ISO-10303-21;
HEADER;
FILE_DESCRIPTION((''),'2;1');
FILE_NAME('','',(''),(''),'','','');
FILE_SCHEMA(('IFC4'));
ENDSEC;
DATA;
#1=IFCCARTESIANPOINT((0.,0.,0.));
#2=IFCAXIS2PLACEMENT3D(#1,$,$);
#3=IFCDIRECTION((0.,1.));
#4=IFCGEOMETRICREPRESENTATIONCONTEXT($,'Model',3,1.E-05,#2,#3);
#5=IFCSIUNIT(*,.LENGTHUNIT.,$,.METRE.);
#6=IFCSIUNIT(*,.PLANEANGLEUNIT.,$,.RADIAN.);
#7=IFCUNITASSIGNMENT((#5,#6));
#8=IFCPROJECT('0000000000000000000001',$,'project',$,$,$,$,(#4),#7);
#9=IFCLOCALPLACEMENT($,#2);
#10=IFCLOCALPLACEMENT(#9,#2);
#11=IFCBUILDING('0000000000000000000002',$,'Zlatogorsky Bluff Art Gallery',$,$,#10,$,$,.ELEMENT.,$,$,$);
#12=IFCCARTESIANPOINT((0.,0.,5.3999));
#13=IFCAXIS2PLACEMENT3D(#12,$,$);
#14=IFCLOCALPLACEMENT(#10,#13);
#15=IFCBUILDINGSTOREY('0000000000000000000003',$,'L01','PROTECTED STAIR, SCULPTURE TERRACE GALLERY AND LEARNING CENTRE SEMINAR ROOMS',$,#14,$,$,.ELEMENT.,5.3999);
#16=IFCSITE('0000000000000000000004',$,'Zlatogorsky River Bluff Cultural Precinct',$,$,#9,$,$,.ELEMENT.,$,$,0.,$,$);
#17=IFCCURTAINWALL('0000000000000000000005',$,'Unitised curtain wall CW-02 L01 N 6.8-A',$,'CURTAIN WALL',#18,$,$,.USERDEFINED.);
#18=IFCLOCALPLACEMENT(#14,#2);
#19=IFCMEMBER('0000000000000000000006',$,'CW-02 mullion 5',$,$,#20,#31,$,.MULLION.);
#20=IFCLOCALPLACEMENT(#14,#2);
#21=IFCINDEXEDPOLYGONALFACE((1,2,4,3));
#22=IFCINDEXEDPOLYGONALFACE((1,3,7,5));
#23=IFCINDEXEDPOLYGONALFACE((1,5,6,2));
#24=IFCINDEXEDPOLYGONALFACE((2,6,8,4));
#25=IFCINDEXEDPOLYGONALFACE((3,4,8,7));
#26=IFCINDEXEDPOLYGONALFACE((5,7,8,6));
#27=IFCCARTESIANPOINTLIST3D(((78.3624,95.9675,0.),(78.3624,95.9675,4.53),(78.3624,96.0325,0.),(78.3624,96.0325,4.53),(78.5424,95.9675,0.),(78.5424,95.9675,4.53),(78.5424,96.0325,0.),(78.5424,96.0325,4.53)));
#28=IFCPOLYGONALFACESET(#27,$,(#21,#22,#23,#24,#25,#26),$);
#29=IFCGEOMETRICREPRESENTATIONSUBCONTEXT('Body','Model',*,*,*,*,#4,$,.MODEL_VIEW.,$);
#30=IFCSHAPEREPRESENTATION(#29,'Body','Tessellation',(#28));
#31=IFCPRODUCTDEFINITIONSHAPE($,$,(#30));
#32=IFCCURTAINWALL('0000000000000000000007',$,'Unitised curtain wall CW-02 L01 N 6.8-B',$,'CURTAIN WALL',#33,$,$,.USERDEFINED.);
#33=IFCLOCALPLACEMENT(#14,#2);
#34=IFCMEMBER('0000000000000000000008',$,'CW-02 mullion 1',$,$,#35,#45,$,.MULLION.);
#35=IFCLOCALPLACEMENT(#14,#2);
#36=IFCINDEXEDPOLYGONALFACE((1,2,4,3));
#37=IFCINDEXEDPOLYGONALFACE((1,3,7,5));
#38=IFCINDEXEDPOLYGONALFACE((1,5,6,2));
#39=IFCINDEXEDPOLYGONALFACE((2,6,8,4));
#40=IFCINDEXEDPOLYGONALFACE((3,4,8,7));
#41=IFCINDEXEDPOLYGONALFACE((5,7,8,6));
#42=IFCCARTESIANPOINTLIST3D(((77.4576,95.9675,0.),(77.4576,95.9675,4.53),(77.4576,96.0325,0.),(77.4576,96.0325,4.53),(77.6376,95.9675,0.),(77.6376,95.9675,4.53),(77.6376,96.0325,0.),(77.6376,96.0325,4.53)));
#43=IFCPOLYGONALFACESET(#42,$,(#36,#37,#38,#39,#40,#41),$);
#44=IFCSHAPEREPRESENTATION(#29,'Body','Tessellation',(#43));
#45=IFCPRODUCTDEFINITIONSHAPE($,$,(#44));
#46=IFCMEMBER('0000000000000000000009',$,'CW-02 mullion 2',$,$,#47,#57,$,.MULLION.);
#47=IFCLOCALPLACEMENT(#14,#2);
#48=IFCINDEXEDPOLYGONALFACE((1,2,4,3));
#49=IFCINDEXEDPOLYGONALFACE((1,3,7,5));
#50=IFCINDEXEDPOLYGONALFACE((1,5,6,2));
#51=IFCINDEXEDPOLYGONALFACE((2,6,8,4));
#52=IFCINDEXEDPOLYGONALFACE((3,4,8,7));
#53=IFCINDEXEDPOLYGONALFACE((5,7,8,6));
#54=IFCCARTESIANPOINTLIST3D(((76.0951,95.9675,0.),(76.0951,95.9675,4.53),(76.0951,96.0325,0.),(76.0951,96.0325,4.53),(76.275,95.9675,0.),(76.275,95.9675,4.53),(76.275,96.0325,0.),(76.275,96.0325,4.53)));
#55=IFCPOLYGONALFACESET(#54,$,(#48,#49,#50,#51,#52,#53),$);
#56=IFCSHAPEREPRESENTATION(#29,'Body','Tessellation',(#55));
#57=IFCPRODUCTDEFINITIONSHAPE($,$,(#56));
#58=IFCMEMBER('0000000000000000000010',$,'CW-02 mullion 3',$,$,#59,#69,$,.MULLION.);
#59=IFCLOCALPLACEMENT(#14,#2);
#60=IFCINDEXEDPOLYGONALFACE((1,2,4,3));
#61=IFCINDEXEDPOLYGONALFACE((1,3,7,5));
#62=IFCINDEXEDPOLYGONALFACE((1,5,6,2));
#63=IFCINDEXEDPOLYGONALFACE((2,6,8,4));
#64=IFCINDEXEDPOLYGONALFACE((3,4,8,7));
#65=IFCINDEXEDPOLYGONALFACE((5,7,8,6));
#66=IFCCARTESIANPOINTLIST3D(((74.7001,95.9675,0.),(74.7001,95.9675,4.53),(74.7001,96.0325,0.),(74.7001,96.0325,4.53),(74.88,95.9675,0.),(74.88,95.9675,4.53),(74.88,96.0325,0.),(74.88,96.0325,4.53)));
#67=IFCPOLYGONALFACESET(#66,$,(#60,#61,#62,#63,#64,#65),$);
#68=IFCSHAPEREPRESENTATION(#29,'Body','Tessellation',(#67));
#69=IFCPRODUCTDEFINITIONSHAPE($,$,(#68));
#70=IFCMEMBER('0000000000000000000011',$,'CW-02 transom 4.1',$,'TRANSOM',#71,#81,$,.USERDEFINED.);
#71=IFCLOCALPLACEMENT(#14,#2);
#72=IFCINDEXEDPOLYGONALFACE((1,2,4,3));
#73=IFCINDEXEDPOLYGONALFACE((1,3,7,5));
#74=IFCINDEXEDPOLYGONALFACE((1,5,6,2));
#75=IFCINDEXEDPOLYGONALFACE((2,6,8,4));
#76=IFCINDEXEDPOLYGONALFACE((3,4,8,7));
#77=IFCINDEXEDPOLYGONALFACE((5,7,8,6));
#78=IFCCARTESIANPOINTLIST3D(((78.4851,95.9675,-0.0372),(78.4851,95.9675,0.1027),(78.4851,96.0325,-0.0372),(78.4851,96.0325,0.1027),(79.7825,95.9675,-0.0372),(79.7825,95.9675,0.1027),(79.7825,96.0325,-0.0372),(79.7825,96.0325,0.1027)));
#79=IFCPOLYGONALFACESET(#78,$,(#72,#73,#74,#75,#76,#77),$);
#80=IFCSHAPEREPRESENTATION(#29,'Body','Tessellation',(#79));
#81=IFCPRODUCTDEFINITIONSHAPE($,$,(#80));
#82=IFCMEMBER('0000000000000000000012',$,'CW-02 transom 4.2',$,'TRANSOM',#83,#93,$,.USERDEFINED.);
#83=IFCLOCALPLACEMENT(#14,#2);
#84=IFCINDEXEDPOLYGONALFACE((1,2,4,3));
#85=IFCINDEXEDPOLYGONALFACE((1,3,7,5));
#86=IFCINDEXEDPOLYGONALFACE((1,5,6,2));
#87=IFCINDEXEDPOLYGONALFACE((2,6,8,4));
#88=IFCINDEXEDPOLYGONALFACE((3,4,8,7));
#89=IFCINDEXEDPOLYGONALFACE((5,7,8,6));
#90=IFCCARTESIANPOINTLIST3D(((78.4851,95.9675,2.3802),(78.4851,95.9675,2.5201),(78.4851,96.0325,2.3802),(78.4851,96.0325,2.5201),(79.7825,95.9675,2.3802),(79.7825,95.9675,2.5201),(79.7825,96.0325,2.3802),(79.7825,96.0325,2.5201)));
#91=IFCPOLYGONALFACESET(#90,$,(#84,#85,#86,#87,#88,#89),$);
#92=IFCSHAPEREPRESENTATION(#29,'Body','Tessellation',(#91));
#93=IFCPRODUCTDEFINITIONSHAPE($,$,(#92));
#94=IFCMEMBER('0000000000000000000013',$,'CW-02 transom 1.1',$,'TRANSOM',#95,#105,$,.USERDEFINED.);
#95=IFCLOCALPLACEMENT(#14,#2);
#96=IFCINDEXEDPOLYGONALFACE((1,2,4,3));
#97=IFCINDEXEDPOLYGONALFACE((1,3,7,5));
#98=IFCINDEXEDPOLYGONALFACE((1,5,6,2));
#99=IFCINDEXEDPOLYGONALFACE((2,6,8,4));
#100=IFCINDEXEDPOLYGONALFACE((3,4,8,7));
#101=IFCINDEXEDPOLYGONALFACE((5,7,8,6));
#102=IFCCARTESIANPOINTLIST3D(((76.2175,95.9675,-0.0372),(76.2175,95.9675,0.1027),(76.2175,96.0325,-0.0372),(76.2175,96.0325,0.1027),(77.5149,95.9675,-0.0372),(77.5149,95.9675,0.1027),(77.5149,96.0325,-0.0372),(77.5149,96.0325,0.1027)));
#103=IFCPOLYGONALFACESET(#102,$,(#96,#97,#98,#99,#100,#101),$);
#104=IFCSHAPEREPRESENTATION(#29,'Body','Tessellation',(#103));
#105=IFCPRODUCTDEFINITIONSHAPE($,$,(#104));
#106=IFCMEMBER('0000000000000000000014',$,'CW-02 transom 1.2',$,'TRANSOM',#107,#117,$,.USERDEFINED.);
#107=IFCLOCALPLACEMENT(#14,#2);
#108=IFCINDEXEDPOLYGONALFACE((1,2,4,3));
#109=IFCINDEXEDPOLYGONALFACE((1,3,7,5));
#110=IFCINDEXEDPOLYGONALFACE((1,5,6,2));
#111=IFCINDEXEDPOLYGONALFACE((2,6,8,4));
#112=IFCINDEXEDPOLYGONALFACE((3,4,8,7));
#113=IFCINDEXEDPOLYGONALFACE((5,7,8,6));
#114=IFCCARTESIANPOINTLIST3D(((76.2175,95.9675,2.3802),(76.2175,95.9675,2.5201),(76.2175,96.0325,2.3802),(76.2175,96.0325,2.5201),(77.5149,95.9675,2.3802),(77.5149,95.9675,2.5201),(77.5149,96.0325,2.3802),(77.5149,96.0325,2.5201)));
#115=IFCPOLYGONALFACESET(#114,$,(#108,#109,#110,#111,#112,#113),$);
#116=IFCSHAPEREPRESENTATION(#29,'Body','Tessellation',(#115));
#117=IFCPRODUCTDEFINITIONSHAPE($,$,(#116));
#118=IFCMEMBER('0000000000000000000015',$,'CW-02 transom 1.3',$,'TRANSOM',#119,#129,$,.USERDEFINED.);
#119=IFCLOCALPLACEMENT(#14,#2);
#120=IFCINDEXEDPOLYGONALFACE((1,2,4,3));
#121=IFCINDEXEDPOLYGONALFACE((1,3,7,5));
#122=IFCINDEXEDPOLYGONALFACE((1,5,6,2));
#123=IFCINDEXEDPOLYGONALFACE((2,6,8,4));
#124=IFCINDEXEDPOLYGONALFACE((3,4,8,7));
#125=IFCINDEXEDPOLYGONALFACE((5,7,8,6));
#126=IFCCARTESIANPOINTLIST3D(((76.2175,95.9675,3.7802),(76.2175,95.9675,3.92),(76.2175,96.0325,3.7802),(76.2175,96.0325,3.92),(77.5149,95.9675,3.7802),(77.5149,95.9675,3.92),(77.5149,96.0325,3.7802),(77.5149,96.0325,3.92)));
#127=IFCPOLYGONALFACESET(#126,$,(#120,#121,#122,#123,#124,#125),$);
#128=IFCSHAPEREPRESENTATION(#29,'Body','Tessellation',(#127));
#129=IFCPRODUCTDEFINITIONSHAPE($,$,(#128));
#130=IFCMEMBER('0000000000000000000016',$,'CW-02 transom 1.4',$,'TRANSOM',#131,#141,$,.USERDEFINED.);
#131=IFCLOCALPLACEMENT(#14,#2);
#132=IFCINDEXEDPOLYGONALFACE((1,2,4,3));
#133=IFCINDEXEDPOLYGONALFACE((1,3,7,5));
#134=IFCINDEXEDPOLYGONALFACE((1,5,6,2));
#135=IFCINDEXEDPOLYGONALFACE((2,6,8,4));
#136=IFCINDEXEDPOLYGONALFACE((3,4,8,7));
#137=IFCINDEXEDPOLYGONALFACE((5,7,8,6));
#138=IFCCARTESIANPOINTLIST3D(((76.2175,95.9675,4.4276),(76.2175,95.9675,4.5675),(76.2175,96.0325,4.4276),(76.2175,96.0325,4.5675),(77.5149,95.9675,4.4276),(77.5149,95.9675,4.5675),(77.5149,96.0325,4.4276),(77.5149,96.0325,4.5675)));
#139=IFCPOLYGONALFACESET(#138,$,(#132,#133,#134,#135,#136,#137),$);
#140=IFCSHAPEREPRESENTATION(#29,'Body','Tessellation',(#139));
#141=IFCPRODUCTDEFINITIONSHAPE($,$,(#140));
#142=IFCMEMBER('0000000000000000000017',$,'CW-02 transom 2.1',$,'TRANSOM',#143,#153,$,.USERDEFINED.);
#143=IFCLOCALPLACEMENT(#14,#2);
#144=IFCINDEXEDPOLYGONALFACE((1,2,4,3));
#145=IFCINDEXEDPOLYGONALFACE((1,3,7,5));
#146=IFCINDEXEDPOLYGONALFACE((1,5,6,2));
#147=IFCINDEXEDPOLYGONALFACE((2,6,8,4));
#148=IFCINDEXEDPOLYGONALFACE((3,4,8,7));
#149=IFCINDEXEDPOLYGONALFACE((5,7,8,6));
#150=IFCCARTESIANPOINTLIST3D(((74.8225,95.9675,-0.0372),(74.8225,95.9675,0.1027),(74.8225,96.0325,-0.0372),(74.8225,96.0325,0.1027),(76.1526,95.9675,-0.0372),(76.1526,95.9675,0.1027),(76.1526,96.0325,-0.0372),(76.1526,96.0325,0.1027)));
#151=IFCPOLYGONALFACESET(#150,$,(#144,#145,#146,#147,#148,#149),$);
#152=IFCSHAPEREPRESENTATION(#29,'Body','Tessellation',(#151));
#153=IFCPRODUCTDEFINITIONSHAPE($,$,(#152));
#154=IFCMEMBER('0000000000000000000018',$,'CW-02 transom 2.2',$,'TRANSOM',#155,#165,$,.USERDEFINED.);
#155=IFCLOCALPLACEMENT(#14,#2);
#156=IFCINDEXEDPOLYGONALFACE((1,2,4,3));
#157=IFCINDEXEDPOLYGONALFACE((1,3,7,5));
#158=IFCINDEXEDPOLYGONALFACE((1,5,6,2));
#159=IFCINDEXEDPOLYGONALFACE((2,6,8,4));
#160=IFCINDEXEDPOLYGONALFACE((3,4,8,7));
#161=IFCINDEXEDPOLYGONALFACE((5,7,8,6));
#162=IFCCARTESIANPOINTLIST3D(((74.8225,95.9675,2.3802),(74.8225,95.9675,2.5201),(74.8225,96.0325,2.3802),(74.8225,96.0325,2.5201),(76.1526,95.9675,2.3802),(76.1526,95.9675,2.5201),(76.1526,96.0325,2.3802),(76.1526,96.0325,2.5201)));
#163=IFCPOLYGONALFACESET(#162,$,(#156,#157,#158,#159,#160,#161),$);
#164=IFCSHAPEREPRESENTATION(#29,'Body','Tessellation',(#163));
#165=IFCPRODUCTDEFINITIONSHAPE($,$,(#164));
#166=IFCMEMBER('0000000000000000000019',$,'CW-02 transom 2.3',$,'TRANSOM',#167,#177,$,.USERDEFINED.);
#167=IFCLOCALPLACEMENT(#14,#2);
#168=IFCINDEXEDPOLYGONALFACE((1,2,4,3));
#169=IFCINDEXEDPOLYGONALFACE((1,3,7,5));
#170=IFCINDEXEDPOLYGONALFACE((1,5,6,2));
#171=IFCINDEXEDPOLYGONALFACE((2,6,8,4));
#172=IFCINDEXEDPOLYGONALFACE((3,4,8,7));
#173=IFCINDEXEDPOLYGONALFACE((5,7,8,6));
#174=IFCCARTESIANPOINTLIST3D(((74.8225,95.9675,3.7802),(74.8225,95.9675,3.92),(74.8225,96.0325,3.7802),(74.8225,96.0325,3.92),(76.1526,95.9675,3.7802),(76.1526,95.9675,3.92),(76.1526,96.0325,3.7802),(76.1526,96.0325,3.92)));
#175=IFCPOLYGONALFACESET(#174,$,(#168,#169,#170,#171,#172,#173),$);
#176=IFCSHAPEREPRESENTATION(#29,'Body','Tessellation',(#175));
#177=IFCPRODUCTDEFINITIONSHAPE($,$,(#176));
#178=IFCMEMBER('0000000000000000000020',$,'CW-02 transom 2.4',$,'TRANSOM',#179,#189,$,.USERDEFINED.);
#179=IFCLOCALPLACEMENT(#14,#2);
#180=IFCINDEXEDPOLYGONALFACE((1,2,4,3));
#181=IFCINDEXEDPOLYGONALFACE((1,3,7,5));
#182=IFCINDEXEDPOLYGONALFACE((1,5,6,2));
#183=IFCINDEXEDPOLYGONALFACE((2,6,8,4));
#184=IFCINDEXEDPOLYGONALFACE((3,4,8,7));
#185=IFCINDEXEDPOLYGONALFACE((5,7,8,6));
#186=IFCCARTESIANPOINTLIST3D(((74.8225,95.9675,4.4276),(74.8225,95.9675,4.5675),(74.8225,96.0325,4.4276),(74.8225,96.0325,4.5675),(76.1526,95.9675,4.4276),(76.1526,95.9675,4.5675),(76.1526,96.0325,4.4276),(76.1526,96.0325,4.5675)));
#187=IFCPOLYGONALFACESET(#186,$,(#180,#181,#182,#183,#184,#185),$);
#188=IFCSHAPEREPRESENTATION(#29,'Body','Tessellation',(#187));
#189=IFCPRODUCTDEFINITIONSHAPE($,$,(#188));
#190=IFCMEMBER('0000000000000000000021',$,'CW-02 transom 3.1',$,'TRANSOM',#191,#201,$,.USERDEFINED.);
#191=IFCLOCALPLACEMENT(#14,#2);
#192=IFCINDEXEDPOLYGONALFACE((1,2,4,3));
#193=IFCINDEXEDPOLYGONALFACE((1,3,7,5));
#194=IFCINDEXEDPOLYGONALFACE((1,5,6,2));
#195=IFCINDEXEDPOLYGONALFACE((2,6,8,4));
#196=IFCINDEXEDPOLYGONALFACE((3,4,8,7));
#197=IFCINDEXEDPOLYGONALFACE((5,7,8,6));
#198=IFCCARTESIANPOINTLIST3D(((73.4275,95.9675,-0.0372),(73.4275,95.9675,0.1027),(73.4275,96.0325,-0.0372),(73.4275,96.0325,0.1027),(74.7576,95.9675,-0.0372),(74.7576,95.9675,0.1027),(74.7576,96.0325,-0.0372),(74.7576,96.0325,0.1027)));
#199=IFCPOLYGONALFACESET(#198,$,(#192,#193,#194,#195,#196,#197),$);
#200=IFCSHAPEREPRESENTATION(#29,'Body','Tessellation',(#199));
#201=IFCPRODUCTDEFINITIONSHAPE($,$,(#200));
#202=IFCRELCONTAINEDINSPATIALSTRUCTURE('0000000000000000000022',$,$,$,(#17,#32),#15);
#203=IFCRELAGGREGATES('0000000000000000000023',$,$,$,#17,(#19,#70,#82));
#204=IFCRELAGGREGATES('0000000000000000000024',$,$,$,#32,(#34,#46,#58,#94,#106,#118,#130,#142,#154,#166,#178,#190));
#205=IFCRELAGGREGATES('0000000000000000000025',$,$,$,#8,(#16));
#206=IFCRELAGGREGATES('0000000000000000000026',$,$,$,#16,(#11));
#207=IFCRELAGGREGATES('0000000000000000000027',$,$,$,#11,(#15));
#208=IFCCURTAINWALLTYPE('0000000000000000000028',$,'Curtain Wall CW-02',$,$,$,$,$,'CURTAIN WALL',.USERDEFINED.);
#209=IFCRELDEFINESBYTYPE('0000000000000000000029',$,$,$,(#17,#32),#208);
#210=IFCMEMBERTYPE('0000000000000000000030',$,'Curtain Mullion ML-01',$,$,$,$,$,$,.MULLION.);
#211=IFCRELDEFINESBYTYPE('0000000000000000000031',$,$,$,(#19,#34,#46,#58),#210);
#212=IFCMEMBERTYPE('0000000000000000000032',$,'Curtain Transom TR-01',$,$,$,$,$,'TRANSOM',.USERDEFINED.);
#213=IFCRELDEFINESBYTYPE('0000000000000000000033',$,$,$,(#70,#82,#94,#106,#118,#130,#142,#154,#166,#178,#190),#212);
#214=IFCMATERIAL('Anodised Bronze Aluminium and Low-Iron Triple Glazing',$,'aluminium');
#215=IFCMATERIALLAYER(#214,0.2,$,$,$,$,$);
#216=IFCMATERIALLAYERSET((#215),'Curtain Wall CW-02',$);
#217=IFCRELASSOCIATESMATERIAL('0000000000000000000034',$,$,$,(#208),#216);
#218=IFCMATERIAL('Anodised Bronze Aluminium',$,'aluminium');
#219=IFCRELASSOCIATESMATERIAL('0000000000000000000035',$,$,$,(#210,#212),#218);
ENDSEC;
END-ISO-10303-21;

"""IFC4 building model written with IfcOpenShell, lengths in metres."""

from ifc_helpers import new_model, si_unit, direction, frame, origin, origin_2d, place, context, subcontext, project, spatial, rectangle, extrude, material, layer, layer_set, material_profile, profile_set, type_object, element, aggregate, save


model = new_model("IFC4")

# Units and contexts
model_context = context("Model", 3, precision=1e-05, world=origin(), true_north=direction((0.0, 1.0)))
body_context = subcontext(model_context, "Body", "Model", "MODEL_VIEW")
ifc_project = project(units=[si_unit("LENGTHUNIT", "METRE"), si_unit("PLANEANGLEUNIT", "RADIAN")], contexts=[model_context])

# Site, building, storey
site_placement = place(None, origin())
site = spatial("IfcSite", under=ifc_project, at=site_placement, Name="Zlatogorsky River Bluff Cultural Precinct", CompositionType="ELEMENT", RefElevation=0.0)
building_placement = place(site_placement, origin())
building = spatial("IfcBuilding", under=site, at=building_placement, Name="Zlatogorsky Bluff Art Gallery", CompositionType="ELEMENT")
storey_placement = place(building_placement, frame((0.0, 0.0, 5.3999)))
storey = spatial("IfcBuildingStorey", under=building, at=storey_placement, Name="L01", Description="PROTECTED STAIR, SCULPTURE TERRACE GALLERY AND LEARNING CENTRE SEMINAR ROOMS", CompositionType="ELEMENT", Elevation=5.3999)

# Curtain wall, member
ifc_material_1 = material(Name="Anodised Bronze Aluminium and Low-Iron Triple Glazing", Category="aluminium")
ifc_layer_1 = layer(ifc_material_1, 0.2)
ifc_layer_set_1 = layer_set([ifc_layer_1], Name="Curtain Wall CW-02")
curtain_wall_type = type_object("IfcCurtainWallType", Name="Curtain Wall CW-02", ElementType="CURTAIN WALL", PredefinedType="USERDEFINED", material=ifc_layer_set_1)
curtain_wall_1_placement = place(storey_placement, origin())
curtain_wall_1 = element("IfcCurtainWall", 1, at=curtain_wall_1_placement, inside=storey, type_object=curtain_wall_type, Name="Unitised curtain wall CW-02 L01 N 6.8-A", ObjectType="CURTAIN WALL", PredefinedType="USERDEFINED")
ifc_material_2 = material(Name="Anodised Bronze Aluminium", Category="aluminium")
ifc_material_profile_1 = material_profile(ifc_material_2, rectangle(XDim=0.0649, YDim=0.1799, at=origin_2d()), Name="ALU MULLION 65x180")
ifc_profile_set_1 = profile_set([ifc_material_profile_1], Name="Anodised Bronze Aluminium")
member_type_1 = type_object("IfcMemberType", Name="Curtain Mullion ML-01", PredefinedType="MULLION", material=ifc_profile_set_1)
member_1_placement = place(storey_placement, frame((78.4524, 96.0, 0.0), z_axis=(0.0, 0.0, 1.0), x_axis=(0.0, -1.0, 0.0)))
member_1 = element("IfcMember", 2, at=member_1_placement, type_object=member_type_1, Name="CW-02 mullion 5", PredefinedType="MULLION", context=body_context, shape_type="SweptSolid", body=[
    extrude(rectangle(XDim=0.0649, YDim=0.1799, at=origin_2d()), origin(), (0.0, 0.0, 1.0), 4.53),
])

# Curtain wall, members
curtain_wall_2_placement = place(storey_placement, origin())
curtain_wall_2 = element("IfcCurtainWall", 3, at=curtain_wall_2_placement, inside=storey, type_object=curtain_wall_type, Name="Unitised curtain wall CW-02 L01 N 6.8-B", ObjectType="CURTAIN WALL", PredefinedType="USERDEFINED")
member_2_placement = place(storey_placement, frame((77.5476, 96.0, 0.0), z_axis=(0.0, 0.0, 1.0), x_axis=(0.0, -1.0, 0.0)))
member_2 = element("IfcMember", 4, at=member_2_placement, type_object=member_type_1, Name="CW-02 mullion 1", PredefinedType="MULLION", context=body_context, shape_type="SweptSolid", body=[
    extrude(rectangle(XDim=0.0649, YDim=0.1799, at=origin_2d()), origin(), (0.0, 0.0, 1.0), 4.53),
])
member_3_placement = place(storey_placement, frame((76.1851, 96.0, 0.0), z_axis=(0.0, 0.0, 1.0), x_axis=(0.0, -1.0, 0.0)))
member_3 = element("IfcMember", 5, at=member_3_placement, type_object=member_type_1, Name="CW-02 mullion 2", PredefinedType="MULLION", context=body_context, shape_type="SweptSolid", body=[
    extrude(rectangle(XDim=0.0649, YDim=0.1799, at=origin_2d()), origin(), (0.0, 0.0, 1.0), 4.53),
])
member_4_placement = place(storey_placement, frame((74.79, 96.0, 0.0), z_axis=(0.0, 0.0, 1.0), x_axis=(0.0, -1.0, 0.0)))
member_4 = element("IfcMember", 6, at=member_4_placement, type_object=member_type_1, Name="CW-02 mullion 3", PredefinedType="MULLION", context=body_context, shape_type="SweptSolid", body=[
    extrude(rectangle(XDim=0.0649, YDim=0.1799, at=origin_2d()), origin(), (0.0, 0.0, 1.0), 4.53),
])

# Members
ifc_material_profile_2 = material_profile(ifc_material_2, rectangle(XDim=0.0649, YDim=0.1399, at=origin_2d()), Name="ALU TRANSOM 65x140")
ifc_profile_set_2 = profile_set([ifc_material_profile_2], Name="Anodised Bronze Aluminium")
member_type_2 = type_object("IfcMemberType", Name="Curtain Transom TR-01", ElementType="TRANSOM", PredefinedType="USERDEFINED", material=ifc_profile_set_2)
member_5_placement = place(storey_placement, frame((79.7825, 96.0, 0.0327), z_axis=(-1.0, 0.0, 0.0), x_axis=(0.0, -1.0, 0.0)))
member_5 = element("IfcMember", 7, at=member_5_placement, type_object=member_type_2, Name="CW-02 transom 4.1", ObjectType="TRANSOM", PredefinedType="USERDEFINED", context=body_context, shape_type="SweptSolid", body=[
    extrude(rectangle(XDim=0.0649, YDim=0.1399, at=origin_2d()), origin(), (0.0, 0.0, 1.0), 1.2974),
])
member_6_placement = place(storey_placement, frame((79.7825, 96.0, 2.4502), z_axis=(-1.0, 0.0, 0.0), x_axis=(0.0, -1.0, 0.0)))
member_6 = element("IfcMember", 8, at=member_6_placement, type_object=member_type_2, Name="CW-02 transom 4.2", ObjectType="TRANSOM", PredefinedType="USERDEFINED", context=body_context, shape_type="SweptSolid", body=[
    extrude(rectangle(XDim=0.0649, YDim=0.1399, at=origin_2d()), origin(), (0.0, 0.0, 1.0), 1.2974),
])
member_7_placement = place(storey_placement, frame((77.5149, 96.0, 0.0327), z_axis=(-1.0, 0.0, 0.0), x_axis=(0.0, -1.0, 0.0)))
member_7 = element("IfcMember", 9, at=member_7_placement, type_object=member_type_2, Name="CW-02 transom 1.1", ObjectType="TRANSOM", PredefinedType="USERDEFINED", context=body_context, shape_type="SweptSolid", body=[
    extrude(rectangle(XDim=0.0649, YDim=0.1399, at=origin_2d()), origin(), (0.0, 0.0, 1.0), 1.2974),
])
member_8_placement = place(storey_placement, frame((77.5149, 96.0, 2.4502), z_axis=(-1.0, 0.0, 0.0), x_axis=(0.0, -1.0, 0.0)))
member_8 = element("IfcMember", 10, at=member_8_placement, type_object=member_type_2, Name="CW-02 transom 1.2", ObjectType="TRANSOM", PredefinedType="USERDEFINED", context=body_context, shape_type="SweptSolid", body=[
    extrude(rectangle(XDim=0.0649, YDim=0.1399, at=origin_2d()), origin(), (0.0, 0.0, 1.0), 1.2974),
])
member_9_placement = place(storey_placement, frame((77.5149, 96.0, 3.8501), z_axis=(-1.0, 0.0, 0.0), x_axis=(0.0, -1.0, 0.0)))
member_9 = element("IfcMember", 11, at=member_9_placement, type_object=member_type_2, Name="CW-02 transom 1.3", ObjectType="TRANSOM", PredefinedType="USERDEFINED", context=body_context, shape_type="SweptSolid", body=[
    extrude(rectangle(XDim=0.0649, YDim=0.1399, at=origin_2d()), origin(), (0.0, 0.0, 1.0), 1.2974),
])
member_10_placement = place(storey_placement, frame((77.5149, 96.0, 4.4976), z_axis=(-1.0, 0.0, 0.0), x_axis=(0.0, -1.0, 0.0)))
member_10 = element("IfcMember", 12, at=member_10_placement, type_object=member_type_2, Name="CW-02 transom 1.4", ObjectType="TRANSOM", PredefinedType="USERDEFINED", context=body_context, shape_type="SweptSolid", body=[
    extrude(rectangle(XDim=0.0649, YDim=0.1399, at=origin_2d()), origin(), (0.0, 0.0, 1.0), 1.2974),
])
member_11_placement = place(storey_placement, frame((76.1526, 96.0, 0.0327), z_axis=(-1.0, 0.0, 0.0), x_axis=(0.0, -1.0, 0.0)))
member_11 = element("IfcMember", 13, at=member_11_placement, type_object=member_type_2, Name="CW-02 transom 2.1", ObjectType="TRANSOM", PredefinedType="USERDEFINED", context=body_context, shape_type="SweptSolid", body=[
    extrude(rectangle(XDim=0.0649, YDim=0.1399, at=origin_2d()), origin(), (0.0, 0.0, 1.0), 1.3301),
])
member_12_placement = place(storey_placement, frame((76.1526, 96.0, 2.4502), z_axis=(-1.0, 0.0, 0.0), x_axis=(0.0, -1.0, 0.0)))
member_12 = element("IfcMember", 14, at=member_12_placement, type_object=member_type_2, Name="CW-02 transom 2.2", ObjectType="TRANSOM", PredefinedType="USERDEFINED", context=body_context, shape_type="SweptSolid", body=[
    extrude(rectangle(XDim=0.0649, YDim=0.1399, at=origin_2d()), origin(), (0.0, 0.0, 1.0), 1.3301),
])
member_13_placement = place(storey_placement, frame((76.1526, 96.0, 3.8501), z_axis=(-1.0, 0.0, 0.0), x_axis=(0.0, -1.0, 0.0)))
member_13 = element("IfcMember", 15, at=member_13_placement, type_object=member_type_2, Name="CW-02 transom 2.3", ObjectType="TRANSOM", PredefinedType="USERDEFINED", context=body_context, shape_type="SweptSolid", body=[
    extrude(rectangle(XDim=0.0649, YDim=0.1399, at=origin_2d()), origin(), (0.0, 0.0, 1.0), 1.3301),
])
member_14_placement = place(storey_placement, frame((76.1526, 96.0, 4.4976), z_axis=(-1.0, 0.0, 0.0), x_axis=(0.0, -1.0, 0.0)))
member_14 = element("IfcMember", 16, at=member_14_placement, type_object=member_type_2, Name="CW-02 transom 2.4", ObjectType="TRANSOM", PredefinedType="USERDEFINED", context=body_context, shape_type="SweptSolid", body=[
    extrude(rectangle(XDim=0.0649, YDim=0.1399, at=origin_2d()), origin(), (0.0, 0.0, 1.0), 1.3301),
])
member_15_placement = place(storey_placement, frame((74.7576, 96.0, 0.0327), z_axis=(-1.0, 0.0, 0.0), x_axis=(0.0, -1.0, 0.0)))
member_15 = element("IfcMember", 17, at=member_15_placement, type_object=member_type_2, Name="CW-02 transom 3.1", ObjectType="TRANSOM", PredefinedType="USERDEFINED", context=body_context, shape_type="SweptSolid", body=[
    extrude(rectangle(XDim=0.0649, YDim=0.1399, at=origin_2d()), origin(), (0.0, 0.0, 1.0), 1.3301),
])

aggregate(curtain_wall_1, [member_1, member_5, member_6])
aggregate(curtain_wall_2, [member_2, member_3, member_4, member_7, member_8, member_9, member_10, member_11, member_12, member_13, member_14, member_15])

save(model, "model.ifc")
